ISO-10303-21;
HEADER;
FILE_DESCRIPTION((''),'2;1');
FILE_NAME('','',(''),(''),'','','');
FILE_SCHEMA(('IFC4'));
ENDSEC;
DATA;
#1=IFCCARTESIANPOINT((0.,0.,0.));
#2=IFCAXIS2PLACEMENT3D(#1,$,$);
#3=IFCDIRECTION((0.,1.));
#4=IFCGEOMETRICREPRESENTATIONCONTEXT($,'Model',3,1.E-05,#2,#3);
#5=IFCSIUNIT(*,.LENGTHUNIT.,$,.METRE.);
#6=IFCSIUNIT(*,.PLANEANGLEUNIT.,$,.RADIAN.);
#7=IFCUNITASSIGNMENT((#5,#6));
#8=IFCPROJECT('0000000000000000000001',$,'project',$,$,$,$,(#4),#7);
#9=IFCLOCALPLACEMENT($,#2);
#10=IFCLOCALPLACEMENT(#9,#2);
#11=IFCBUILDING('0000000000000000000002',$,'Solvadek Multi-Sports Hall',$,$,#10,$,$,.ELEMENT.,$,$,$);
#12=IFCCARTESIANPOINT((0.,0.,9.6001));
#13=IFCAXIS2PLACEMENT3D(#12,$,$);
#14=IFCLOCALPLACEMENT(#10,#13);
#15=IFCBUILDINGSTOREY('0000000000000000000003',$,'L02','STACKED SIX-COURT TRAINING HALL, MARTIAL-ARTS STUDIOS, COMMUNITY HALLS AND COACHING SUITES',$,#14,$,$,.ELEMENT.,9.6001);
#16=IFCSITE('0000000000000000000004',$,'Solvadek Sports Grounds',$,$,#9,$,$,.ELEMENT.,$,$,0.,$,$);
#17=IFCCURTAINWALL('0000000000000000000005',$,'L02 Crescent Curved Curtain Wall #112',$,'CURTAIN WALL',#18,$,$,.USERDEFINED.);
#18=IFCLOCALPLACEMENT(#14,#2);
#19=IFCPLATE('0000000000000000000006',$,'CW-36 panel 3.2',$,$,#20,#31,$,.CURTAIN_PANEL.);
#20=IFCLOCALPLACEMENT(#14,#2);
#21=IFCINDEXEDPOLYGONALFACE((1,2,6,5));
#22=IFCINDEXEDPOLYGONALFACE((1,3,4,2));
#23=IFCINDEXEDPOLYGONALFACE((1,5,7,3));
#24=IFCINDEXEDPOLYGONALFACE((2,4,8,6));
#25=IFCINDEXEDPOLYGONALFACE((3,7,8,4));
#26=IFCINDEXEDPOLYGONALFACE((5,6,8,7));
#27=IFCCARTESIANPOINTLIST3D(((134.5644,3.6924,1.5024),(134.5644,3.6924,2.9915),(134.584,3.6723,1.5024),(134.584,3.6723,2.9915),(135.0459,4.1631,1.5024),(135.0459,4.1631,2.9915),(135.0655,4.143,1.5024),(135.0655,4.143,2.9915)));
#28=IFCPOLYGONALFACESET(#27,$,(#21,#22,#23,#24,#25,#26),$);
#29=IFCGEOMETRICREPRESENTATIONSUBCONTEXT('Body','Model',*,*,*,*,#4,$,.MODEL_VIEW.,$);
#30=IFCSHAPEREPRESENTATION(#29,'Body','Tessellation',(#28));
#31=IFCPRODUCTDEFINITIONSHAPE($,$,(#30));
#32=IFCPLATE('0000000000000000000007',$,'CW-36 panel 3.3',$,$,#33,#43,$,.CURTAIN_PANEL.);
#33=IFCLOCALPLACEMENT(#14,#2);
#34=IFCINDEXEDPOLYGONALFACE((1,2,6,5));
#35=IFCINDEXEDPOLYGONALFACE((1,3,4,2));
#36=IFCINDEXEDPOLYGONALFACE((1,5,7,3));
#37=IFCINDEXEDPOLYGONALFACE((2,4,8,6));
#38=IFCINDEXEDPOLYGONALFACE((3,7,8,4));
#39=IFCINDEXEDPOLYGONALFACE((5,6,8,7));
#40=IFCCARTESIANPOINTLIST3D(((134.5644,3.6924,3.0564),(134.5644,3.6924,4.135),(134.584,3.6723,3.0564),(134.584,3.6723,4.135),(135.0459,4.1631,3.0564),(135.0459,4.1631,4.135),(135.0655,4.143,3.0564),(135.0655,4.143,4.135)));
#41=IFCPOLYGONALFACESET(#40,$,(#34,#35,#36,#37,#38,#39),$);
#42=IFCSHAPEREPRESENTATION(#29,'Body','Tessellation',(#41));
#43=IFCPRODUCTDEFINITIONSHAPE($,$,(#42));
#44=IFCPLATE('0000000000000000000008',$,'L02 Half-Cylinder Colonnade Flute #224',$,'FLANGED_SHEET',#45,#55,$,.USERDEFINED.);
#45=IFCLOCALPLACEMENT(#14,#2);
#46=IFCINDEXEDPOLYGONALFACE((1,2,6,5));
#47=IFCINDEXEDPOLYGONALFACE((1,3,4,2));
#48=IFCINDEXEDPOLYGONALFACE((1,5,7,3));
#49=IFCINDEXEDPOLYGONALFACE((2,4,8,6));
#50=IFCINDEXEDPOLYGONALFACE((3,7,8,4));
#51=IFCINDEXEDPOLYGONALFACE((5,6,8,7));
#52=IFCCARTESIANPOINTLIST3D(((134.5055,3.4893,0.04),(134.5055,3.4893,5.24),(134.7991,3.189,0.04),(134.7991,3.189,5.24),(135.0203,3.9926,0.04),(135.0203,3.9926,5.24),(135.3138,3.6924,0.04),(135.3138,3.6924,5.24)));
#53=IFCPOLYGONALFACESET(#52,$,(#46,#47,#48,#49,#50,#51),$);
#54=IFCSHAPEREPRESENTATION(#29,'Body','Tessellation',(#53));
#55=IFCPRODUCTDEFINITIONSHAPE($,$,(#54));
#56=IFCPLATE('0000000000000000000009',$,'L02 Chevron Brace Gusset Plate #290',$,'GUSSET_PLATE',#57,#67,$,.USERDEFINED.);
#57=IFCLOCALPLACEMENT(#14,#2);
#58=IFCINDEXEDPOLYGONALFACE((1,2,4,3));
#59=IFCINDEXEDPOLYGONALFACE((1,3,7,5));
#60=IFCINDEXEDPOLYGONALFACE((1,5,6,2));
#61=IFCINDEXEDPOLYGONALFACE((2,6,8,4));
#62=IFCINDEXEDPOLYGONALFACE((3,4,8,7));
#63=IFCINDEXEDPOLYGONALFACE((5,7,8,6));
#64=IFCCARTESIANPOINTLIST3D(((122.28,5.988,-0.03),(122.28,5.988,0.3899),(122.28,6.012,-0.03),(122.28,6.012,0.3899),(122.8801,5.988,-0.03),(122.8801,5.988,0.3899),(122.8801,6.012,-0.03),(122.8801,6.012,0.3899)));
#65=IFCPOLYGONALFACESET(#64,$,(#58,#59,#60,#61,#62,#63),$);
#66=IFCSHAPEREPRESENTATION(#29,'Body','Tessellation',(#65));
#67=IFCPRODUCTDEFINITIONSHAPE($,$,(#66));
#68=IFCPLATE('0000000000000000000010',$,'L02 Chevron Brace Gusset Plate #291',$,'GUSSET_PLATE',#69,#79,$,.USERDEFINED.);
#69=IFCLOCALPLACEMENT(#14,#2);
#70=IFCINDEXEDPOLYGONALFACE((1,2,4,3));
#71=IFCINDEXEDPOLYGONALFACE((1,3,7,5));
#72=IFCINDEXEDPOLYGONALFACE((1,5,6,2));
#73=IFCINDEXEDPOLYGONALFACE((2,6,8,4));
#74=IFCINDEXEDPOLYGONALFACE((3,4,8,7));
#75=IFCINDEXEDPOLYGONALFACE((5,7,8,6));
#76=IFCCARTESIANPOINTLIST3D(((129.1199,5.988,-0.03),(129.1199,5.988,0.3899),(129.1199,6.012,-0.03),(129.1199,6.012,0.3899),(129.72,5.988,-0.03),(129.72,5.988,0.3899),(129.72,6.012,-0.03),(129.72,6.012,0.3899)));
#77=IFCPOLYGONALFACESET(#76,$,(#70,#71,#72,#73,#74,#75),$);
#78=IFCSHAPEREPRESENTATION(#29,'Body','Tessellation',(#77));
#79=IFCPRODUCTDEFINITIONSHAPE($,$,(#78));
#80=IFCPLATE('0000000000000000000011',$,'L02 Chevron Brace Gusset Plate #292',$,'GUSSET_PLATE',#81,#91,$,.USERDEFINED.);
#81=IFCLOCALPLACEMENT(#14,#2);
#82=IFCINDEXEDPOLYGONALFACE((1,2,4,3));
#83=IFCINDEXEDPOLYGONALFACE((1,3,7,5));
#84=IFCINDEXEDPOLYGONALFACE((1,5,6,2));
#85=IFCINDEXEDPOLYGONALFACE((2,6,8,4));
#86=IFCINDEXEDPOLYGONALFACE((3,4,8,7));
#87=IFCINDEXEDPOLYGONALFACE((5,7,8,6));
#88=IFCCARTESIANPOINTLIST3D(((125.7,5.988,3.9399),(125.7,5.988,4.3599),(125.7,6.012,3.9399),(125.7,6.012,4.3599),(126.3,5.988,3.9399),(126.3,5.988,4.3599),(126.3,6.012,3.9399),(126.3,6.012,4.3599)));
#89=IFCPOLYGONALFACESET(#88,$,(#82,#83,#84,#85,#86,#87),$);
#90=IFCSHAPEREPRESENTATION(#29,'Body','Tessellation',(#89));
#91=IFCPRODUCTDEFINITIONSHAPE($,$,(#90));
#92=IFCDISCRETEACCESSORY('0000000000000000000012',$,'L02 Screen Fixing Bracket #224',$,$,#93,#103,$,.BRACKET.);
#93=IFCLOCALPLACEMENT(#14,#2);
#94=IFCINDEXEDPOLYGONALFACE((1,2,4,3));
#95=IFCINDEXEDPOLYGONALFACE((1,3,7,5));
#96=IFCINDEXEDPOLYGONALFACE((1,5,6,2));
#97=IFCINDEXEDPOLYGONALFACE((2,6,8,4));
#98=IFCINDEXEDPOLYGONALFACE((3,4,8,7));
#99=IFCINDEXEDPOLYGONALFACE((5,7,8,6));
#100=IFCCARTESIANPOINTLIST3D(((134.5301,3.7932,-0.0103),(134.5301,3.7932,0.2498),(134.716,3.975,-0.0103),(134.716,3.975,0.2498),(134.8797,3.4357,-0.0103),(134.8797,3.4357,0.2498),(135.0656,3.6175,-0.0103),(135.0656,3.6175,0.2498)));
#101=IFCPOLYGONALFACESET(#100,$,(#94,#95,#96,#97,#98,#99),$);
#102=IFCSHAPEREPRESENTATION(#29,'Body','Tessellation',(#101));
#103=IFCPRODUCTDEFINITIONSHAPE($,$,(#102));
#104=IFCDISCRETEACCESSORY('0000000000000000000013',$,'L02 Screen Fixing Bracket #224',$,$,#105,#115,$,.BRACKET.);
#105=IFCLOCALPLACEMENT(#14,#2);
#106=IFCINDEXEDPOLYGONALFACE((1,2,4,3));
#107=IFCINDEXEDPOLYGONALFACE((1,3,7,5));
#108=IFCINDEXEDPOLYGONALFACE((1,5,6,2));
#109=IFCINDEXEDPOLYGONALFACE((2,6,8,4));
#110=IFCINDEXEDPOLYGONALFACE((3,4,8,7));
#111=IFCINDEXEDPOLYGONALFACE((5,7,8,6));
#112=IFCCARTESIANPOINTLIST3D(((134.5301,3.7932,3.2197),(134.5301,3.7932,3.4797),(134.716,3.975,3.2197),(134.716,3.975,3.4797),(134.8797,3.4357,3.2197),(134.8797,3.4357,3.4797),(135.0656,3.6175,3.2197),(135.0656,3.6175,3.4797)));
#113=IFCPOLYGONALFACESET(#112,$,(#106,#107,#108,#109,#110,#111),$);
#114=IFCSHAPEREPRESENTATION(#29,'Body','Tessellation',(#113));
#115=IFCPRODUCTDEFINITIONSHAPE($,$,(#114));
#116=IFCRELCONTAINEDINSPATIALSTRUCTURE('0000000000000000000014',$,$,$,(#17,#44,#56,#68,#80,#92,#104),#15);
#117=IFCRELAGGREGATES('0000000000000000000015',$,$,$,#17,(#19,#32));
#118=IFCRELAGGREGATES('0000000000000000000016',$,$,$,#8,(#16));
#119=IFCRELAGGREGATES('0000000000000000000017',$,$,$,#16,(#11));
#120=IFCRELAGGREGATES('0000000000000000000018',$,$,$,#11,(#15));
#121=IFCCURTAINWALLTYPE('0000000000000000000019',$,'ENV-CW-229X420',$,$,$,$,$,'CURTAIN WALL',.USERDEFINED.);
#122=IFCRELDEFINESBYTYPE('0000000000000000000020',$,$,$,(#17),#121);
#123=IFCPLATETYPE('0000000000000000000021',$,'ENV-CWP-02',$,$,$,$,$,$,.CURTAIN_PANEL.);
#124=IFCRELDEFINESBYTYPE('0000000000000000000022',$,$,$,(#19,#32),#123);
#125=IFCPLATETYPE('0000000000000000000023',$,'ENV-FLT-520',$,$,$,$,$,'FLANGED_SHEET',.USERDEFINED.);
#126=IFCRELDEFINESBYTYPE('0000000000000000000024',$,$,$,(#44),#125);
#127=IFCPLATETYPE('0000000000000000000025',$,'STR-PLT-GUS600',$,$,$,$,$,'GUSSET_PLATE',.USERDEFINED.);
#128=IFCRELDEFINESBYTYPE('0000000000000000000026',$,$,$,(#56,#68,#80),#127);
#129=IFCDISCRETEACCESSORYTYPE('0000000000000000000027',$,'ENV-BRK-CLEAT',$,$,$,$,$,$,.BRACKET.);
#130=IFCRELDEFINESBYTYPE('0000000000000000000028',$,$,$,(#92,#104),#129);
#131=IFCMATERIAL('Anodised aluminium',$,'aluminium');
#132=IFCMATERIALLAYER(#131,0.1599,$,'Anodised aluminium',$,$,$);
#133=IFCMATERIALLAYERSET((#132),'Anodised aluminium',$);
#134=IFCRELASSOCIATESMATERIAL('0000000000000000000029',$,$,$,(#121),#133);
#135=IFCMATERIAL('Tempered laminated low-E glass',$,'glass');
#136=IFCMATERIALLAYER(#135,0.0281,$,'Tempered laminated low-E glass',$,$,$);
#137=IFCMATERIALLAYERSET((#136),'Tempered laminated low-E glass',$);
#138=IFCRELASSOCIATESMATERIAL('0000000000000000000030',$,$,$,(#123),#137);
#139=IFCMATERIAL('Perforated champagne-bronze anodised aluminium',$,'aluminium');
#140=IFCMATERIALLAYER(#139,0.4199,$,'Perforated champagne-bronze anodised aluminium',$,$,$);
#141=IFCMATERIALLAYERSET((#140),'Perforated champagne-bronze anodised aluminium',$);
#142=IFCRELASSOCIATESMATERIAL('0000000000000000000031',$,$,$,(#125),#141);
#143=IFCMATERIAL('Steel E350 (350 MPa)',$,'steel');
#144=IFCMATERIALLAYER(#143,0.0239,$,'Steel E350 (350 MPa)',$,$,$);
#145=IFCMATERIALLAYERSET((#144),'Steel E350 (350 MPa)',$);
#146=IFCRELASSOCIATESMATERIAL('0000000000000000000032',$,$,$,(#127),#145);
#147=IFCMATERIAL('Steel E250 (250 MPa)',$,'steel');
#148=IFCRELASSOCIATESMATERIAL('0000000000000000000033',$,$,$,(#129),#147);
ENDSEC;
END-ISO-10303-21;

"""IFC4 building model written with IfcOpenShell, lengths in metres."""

from ifc_helpers import new_model, si_unit, direction, frame, origin, origin_2d, place, context, subcontext, project, spatial, rectangle, extrude, material, layer, layer_set, type_object, element, aggregate, save


model = new_model("IFC4")

# Units and contexts
model_context = context("Model", 3, precision=1e-05, world=origin(), true_north=direction((0.0, 1.0)))
body_context = subcontext(model_context, "Body", "Model", "MODEL_VIEW")
ifc_project = project(units=[si_unit("LENGTHUNIT", "METRE"), si_unit("PLANEANGLEUNIT", "RADIAN")], contexts=[model_context])

# Site, building, storey
site_placement = place(None, origin())
site = spatial("IfcSite", under=ifc_project, at=site_placement, Name="Solvadek Sports Grounds", CompositionType="ELEMENT", RefElevation=0.0)
building_placement = place(site_placement, origin())
building = spatial("IfcBuilding", under=site, at=building_placement, Name="Solvadek Multi-Sports Hall", CompositionType="ELEMENT")
storey_placement = place(building_placement, frame((0.0, 0.0, 9.6001)))
storey = spatial("IfcBuildingStorey", under=building, at=storey_placement, Name="L02", Description="STACKED SIX-COURT TRAINING HALL, MARTIAL-ARTS STUDIOS, COMMUNITY HALLS AND COACHING SUITES", CompositionType="ELEMENT", Elevation=9.6001)

# Shared definitions
ifc_material_1 = material(Name="Steel E350 (350 MPa)", Category="steel")

# Curtain wall
ifc_material_2 = material(Name="Anodised aluminium", Category="aluminium")
ifc_layer_1 = layer(ifc_material_2, 0.1599, Name="Anodised aluminium")
ifc_layer_set_1 = layer_set([ifc_layer_1], Name="Anodised aluminium")
curtain_wall_type_1 = type_object("IfcCurtainWallType", Name="ENV-CW-229X420", ElementType="CURTAIN WALL", PredefinedType="USERDEFINED", material=ifc_layer_set_1)
curtain_wall_1_placement = place(storey_placement, origin())
curtain_wall_1 = element("IfcCurtainWall", 1, at=curtain_wall_1_placement, inside=storey, type_object=curtain_wall_type_1, Name="L02 Crescent Curved Curtain Wall #112", ObjectType="CURTAIN WALL", PredefinedType="USERDEFINED")

# Plates
ifc_material_3 = material(Name="Tempered laminated low-E glass", Category="glass")
ifc_layer_2 = layer(ifc_material_3, 0.0281, Name="Tempered laminated low-E glass")
ifc_layer_set_2 = layer_set([ifc_layer_2], Name="Tempered laminated low-E glass")
plate_type_1 = type_object("IfcPlateType", Name="ENV-CWP-02", PredefinedType="CURTAIN_PANEL", material=ifc_layer_set_2)
plate_1_placement = place(storey_placement, frame((134.8149, 3.9177, 1.5024), z_axis=(0.0, 0.0, 1.0), x_axis=(0.715032, 0.699091, 0.0)))
plate_1 = element("IfcPlate", 2, at=plate_1_placement, type_object=plate_type_1, Name="CW-36 panel 3.2", PredefinedType="CURTAIN_PANEL", context=body_context, shape_type="SweptSolid", body=[
    extrude(rectangle(XDim=0.6733, YDim=0.0281, at=origin_2d()), origin(), (0.0, 0.0, 1.0), 1.489),
])
plate_2_placement = place(storey_placement, frame((134.8149, 3.9177, 3.0564), z_axis=(0.0, 0.0, 1.0), x_axis=(0.715032, 0.699091, 0.0)))
plate_2 = element("IfcPlate", 3, at=plate_2_placement, type_object=plate_type_1, Name="CW-36 panel 3.3", PredefinedType="CURTAIN_PANEL", context=body_context, shape_type="SweptSolid", body=[
    extrude(rectangle(XDim=0.6733, YDim=0.0281, at=origin_2d()), origin(), (0.0, 0.0, 1.0), 1.0786),
])
aggregate(curtain_wall_1, [plate_1, plate_2])

# Plates
ifc_material_4 = material(Name="Perforated champagne-bronze anodised aluminium", Category="aluminium")
ifc_layer_3 = layer(ifc_material_4, 0.4199, Name="Perforated champagne-bronze anodised aluminium")
ifc_layer_set_3 = layer_set([ifc_layer_3], Name="Perforated champagne-bronze anodised aluminium")
plate_type_2 = type_object("IfcPlateType", Name="ENV-FLT-520", ElementType="FLANGED_SHEET", PredefinedType="USERDEFINED", material=ifc_layer_set_3)
plate_3_placement = place(storey_placement, frame((134.9097, 3.5908, 0.04), z_axis=(0.0, 0.0, 1.0), x_axis=(0.715, 0.699125, 0.0)))
element("IfcPlate", 4, at=plate_3_placement, inside=storey, type_object=plate_type_2, Name="L02 Half-Cylinder Colonnade Flute #224", ObjectType="FLANGED_SHEET", PredefinedType="USERDEFINED", context=body_context, shape_type="SweptSolid", body=[
    extrude(rectangle(XDim=0.72, YDim=0.4199, at=origin_2d()), origin(), (0.0, 0.0, 1.0), 5.2),
])
ifc_layer_4 = layer(ifc_material_1, 0.0239, Name="Steel E350 (350 MPa)")
ifc_layer_set_4 = layer_set([ifc_layer_4], Name="Steel E350 (350 MPa)")
plate_type_3 = type_object("IfcPlateType", Name="STR-PLT-GUS600", ElementType="GUSSET_PLATE", PredefinedType="USERDEFINED", material=ifc_layer_set_4)
for number, where, z_axis, x_axis, name in (
    (5, (122.5801, 6.0, -0.03), (0.0, 0.0, 1.0), (1.0, 0.0, 0.0), "L02 Chevron Brace Gusset Plate #290"),
    (6, (129.4199, 6.0, -0.03), (0.0, 0.0, 1.0), (1.0, 0.0, 0.0), "L02 Chevron Brace Gusset Plate #291"),
    (7, (126.0, 6.0, 3.9399), (0.0, 0.0, 1.0), (1.0, 0.0, 0.0), "L02 Chevron Brace Gusset Plate #292"),
):
    element("IfcPlate", number, at=place(storey_placement, frame(where, z_axis=z_axis, x_axis=x_axis)), inside=storey, type_object=plate_type_3, Name=name, ObjectType="GUSSET_PLATE", PredefinedType="USERDEFINED", context=body_context, shape_type="SweptSolid", body=[
        extrude(rectangle(XDim=0.6001, YDim=0.0239, at=origin_2d()), origin(), (0.0, 0.0, 1.0), 0.4199),
    ])

# Discrete accessories
ifc_material_5 = material(Name="Steel E250 (250 MPa)", Category="steel")
discrete_accessory_type = type_object("IfcDiscreteAccessoryType", Name="ENV-BRK-CLEAT", PredefinedType="BRACKET", material=ifc_material_5)
for number, where, z_axis, x_axis, name in (
    (8, (134.7979, 3.7053, -0.0103), (0.0, 0.0, 1.0), (0.715, 0.699125, 0.0), "L02 Screen Fixing Bracket #224"),
    (9, (134.7979, 3.7053, 3.2197), (0.0, 0.0, 1.0), (0.715, 0.699125, 0.0), "L02 Screen Fixing Bracket #224"),
):
    element("IfcDiscreteAccessory", number, at=place(storey_placement, frame(where, z_axis=z_axis, x_axis=x_axis)), inside=storey, type_object=discrete_accessory_type, Name=name, PredefinedType="BRACKET", context=body_context, shape_type="SweptSolid", body=[
        extrude(rectangle(XDim=0.26, YDim=0.5, at=origin_2d()), origin(), (0.0, 0.0, 1.0), 0.26),
    ])

save(model, "model.ifc")
